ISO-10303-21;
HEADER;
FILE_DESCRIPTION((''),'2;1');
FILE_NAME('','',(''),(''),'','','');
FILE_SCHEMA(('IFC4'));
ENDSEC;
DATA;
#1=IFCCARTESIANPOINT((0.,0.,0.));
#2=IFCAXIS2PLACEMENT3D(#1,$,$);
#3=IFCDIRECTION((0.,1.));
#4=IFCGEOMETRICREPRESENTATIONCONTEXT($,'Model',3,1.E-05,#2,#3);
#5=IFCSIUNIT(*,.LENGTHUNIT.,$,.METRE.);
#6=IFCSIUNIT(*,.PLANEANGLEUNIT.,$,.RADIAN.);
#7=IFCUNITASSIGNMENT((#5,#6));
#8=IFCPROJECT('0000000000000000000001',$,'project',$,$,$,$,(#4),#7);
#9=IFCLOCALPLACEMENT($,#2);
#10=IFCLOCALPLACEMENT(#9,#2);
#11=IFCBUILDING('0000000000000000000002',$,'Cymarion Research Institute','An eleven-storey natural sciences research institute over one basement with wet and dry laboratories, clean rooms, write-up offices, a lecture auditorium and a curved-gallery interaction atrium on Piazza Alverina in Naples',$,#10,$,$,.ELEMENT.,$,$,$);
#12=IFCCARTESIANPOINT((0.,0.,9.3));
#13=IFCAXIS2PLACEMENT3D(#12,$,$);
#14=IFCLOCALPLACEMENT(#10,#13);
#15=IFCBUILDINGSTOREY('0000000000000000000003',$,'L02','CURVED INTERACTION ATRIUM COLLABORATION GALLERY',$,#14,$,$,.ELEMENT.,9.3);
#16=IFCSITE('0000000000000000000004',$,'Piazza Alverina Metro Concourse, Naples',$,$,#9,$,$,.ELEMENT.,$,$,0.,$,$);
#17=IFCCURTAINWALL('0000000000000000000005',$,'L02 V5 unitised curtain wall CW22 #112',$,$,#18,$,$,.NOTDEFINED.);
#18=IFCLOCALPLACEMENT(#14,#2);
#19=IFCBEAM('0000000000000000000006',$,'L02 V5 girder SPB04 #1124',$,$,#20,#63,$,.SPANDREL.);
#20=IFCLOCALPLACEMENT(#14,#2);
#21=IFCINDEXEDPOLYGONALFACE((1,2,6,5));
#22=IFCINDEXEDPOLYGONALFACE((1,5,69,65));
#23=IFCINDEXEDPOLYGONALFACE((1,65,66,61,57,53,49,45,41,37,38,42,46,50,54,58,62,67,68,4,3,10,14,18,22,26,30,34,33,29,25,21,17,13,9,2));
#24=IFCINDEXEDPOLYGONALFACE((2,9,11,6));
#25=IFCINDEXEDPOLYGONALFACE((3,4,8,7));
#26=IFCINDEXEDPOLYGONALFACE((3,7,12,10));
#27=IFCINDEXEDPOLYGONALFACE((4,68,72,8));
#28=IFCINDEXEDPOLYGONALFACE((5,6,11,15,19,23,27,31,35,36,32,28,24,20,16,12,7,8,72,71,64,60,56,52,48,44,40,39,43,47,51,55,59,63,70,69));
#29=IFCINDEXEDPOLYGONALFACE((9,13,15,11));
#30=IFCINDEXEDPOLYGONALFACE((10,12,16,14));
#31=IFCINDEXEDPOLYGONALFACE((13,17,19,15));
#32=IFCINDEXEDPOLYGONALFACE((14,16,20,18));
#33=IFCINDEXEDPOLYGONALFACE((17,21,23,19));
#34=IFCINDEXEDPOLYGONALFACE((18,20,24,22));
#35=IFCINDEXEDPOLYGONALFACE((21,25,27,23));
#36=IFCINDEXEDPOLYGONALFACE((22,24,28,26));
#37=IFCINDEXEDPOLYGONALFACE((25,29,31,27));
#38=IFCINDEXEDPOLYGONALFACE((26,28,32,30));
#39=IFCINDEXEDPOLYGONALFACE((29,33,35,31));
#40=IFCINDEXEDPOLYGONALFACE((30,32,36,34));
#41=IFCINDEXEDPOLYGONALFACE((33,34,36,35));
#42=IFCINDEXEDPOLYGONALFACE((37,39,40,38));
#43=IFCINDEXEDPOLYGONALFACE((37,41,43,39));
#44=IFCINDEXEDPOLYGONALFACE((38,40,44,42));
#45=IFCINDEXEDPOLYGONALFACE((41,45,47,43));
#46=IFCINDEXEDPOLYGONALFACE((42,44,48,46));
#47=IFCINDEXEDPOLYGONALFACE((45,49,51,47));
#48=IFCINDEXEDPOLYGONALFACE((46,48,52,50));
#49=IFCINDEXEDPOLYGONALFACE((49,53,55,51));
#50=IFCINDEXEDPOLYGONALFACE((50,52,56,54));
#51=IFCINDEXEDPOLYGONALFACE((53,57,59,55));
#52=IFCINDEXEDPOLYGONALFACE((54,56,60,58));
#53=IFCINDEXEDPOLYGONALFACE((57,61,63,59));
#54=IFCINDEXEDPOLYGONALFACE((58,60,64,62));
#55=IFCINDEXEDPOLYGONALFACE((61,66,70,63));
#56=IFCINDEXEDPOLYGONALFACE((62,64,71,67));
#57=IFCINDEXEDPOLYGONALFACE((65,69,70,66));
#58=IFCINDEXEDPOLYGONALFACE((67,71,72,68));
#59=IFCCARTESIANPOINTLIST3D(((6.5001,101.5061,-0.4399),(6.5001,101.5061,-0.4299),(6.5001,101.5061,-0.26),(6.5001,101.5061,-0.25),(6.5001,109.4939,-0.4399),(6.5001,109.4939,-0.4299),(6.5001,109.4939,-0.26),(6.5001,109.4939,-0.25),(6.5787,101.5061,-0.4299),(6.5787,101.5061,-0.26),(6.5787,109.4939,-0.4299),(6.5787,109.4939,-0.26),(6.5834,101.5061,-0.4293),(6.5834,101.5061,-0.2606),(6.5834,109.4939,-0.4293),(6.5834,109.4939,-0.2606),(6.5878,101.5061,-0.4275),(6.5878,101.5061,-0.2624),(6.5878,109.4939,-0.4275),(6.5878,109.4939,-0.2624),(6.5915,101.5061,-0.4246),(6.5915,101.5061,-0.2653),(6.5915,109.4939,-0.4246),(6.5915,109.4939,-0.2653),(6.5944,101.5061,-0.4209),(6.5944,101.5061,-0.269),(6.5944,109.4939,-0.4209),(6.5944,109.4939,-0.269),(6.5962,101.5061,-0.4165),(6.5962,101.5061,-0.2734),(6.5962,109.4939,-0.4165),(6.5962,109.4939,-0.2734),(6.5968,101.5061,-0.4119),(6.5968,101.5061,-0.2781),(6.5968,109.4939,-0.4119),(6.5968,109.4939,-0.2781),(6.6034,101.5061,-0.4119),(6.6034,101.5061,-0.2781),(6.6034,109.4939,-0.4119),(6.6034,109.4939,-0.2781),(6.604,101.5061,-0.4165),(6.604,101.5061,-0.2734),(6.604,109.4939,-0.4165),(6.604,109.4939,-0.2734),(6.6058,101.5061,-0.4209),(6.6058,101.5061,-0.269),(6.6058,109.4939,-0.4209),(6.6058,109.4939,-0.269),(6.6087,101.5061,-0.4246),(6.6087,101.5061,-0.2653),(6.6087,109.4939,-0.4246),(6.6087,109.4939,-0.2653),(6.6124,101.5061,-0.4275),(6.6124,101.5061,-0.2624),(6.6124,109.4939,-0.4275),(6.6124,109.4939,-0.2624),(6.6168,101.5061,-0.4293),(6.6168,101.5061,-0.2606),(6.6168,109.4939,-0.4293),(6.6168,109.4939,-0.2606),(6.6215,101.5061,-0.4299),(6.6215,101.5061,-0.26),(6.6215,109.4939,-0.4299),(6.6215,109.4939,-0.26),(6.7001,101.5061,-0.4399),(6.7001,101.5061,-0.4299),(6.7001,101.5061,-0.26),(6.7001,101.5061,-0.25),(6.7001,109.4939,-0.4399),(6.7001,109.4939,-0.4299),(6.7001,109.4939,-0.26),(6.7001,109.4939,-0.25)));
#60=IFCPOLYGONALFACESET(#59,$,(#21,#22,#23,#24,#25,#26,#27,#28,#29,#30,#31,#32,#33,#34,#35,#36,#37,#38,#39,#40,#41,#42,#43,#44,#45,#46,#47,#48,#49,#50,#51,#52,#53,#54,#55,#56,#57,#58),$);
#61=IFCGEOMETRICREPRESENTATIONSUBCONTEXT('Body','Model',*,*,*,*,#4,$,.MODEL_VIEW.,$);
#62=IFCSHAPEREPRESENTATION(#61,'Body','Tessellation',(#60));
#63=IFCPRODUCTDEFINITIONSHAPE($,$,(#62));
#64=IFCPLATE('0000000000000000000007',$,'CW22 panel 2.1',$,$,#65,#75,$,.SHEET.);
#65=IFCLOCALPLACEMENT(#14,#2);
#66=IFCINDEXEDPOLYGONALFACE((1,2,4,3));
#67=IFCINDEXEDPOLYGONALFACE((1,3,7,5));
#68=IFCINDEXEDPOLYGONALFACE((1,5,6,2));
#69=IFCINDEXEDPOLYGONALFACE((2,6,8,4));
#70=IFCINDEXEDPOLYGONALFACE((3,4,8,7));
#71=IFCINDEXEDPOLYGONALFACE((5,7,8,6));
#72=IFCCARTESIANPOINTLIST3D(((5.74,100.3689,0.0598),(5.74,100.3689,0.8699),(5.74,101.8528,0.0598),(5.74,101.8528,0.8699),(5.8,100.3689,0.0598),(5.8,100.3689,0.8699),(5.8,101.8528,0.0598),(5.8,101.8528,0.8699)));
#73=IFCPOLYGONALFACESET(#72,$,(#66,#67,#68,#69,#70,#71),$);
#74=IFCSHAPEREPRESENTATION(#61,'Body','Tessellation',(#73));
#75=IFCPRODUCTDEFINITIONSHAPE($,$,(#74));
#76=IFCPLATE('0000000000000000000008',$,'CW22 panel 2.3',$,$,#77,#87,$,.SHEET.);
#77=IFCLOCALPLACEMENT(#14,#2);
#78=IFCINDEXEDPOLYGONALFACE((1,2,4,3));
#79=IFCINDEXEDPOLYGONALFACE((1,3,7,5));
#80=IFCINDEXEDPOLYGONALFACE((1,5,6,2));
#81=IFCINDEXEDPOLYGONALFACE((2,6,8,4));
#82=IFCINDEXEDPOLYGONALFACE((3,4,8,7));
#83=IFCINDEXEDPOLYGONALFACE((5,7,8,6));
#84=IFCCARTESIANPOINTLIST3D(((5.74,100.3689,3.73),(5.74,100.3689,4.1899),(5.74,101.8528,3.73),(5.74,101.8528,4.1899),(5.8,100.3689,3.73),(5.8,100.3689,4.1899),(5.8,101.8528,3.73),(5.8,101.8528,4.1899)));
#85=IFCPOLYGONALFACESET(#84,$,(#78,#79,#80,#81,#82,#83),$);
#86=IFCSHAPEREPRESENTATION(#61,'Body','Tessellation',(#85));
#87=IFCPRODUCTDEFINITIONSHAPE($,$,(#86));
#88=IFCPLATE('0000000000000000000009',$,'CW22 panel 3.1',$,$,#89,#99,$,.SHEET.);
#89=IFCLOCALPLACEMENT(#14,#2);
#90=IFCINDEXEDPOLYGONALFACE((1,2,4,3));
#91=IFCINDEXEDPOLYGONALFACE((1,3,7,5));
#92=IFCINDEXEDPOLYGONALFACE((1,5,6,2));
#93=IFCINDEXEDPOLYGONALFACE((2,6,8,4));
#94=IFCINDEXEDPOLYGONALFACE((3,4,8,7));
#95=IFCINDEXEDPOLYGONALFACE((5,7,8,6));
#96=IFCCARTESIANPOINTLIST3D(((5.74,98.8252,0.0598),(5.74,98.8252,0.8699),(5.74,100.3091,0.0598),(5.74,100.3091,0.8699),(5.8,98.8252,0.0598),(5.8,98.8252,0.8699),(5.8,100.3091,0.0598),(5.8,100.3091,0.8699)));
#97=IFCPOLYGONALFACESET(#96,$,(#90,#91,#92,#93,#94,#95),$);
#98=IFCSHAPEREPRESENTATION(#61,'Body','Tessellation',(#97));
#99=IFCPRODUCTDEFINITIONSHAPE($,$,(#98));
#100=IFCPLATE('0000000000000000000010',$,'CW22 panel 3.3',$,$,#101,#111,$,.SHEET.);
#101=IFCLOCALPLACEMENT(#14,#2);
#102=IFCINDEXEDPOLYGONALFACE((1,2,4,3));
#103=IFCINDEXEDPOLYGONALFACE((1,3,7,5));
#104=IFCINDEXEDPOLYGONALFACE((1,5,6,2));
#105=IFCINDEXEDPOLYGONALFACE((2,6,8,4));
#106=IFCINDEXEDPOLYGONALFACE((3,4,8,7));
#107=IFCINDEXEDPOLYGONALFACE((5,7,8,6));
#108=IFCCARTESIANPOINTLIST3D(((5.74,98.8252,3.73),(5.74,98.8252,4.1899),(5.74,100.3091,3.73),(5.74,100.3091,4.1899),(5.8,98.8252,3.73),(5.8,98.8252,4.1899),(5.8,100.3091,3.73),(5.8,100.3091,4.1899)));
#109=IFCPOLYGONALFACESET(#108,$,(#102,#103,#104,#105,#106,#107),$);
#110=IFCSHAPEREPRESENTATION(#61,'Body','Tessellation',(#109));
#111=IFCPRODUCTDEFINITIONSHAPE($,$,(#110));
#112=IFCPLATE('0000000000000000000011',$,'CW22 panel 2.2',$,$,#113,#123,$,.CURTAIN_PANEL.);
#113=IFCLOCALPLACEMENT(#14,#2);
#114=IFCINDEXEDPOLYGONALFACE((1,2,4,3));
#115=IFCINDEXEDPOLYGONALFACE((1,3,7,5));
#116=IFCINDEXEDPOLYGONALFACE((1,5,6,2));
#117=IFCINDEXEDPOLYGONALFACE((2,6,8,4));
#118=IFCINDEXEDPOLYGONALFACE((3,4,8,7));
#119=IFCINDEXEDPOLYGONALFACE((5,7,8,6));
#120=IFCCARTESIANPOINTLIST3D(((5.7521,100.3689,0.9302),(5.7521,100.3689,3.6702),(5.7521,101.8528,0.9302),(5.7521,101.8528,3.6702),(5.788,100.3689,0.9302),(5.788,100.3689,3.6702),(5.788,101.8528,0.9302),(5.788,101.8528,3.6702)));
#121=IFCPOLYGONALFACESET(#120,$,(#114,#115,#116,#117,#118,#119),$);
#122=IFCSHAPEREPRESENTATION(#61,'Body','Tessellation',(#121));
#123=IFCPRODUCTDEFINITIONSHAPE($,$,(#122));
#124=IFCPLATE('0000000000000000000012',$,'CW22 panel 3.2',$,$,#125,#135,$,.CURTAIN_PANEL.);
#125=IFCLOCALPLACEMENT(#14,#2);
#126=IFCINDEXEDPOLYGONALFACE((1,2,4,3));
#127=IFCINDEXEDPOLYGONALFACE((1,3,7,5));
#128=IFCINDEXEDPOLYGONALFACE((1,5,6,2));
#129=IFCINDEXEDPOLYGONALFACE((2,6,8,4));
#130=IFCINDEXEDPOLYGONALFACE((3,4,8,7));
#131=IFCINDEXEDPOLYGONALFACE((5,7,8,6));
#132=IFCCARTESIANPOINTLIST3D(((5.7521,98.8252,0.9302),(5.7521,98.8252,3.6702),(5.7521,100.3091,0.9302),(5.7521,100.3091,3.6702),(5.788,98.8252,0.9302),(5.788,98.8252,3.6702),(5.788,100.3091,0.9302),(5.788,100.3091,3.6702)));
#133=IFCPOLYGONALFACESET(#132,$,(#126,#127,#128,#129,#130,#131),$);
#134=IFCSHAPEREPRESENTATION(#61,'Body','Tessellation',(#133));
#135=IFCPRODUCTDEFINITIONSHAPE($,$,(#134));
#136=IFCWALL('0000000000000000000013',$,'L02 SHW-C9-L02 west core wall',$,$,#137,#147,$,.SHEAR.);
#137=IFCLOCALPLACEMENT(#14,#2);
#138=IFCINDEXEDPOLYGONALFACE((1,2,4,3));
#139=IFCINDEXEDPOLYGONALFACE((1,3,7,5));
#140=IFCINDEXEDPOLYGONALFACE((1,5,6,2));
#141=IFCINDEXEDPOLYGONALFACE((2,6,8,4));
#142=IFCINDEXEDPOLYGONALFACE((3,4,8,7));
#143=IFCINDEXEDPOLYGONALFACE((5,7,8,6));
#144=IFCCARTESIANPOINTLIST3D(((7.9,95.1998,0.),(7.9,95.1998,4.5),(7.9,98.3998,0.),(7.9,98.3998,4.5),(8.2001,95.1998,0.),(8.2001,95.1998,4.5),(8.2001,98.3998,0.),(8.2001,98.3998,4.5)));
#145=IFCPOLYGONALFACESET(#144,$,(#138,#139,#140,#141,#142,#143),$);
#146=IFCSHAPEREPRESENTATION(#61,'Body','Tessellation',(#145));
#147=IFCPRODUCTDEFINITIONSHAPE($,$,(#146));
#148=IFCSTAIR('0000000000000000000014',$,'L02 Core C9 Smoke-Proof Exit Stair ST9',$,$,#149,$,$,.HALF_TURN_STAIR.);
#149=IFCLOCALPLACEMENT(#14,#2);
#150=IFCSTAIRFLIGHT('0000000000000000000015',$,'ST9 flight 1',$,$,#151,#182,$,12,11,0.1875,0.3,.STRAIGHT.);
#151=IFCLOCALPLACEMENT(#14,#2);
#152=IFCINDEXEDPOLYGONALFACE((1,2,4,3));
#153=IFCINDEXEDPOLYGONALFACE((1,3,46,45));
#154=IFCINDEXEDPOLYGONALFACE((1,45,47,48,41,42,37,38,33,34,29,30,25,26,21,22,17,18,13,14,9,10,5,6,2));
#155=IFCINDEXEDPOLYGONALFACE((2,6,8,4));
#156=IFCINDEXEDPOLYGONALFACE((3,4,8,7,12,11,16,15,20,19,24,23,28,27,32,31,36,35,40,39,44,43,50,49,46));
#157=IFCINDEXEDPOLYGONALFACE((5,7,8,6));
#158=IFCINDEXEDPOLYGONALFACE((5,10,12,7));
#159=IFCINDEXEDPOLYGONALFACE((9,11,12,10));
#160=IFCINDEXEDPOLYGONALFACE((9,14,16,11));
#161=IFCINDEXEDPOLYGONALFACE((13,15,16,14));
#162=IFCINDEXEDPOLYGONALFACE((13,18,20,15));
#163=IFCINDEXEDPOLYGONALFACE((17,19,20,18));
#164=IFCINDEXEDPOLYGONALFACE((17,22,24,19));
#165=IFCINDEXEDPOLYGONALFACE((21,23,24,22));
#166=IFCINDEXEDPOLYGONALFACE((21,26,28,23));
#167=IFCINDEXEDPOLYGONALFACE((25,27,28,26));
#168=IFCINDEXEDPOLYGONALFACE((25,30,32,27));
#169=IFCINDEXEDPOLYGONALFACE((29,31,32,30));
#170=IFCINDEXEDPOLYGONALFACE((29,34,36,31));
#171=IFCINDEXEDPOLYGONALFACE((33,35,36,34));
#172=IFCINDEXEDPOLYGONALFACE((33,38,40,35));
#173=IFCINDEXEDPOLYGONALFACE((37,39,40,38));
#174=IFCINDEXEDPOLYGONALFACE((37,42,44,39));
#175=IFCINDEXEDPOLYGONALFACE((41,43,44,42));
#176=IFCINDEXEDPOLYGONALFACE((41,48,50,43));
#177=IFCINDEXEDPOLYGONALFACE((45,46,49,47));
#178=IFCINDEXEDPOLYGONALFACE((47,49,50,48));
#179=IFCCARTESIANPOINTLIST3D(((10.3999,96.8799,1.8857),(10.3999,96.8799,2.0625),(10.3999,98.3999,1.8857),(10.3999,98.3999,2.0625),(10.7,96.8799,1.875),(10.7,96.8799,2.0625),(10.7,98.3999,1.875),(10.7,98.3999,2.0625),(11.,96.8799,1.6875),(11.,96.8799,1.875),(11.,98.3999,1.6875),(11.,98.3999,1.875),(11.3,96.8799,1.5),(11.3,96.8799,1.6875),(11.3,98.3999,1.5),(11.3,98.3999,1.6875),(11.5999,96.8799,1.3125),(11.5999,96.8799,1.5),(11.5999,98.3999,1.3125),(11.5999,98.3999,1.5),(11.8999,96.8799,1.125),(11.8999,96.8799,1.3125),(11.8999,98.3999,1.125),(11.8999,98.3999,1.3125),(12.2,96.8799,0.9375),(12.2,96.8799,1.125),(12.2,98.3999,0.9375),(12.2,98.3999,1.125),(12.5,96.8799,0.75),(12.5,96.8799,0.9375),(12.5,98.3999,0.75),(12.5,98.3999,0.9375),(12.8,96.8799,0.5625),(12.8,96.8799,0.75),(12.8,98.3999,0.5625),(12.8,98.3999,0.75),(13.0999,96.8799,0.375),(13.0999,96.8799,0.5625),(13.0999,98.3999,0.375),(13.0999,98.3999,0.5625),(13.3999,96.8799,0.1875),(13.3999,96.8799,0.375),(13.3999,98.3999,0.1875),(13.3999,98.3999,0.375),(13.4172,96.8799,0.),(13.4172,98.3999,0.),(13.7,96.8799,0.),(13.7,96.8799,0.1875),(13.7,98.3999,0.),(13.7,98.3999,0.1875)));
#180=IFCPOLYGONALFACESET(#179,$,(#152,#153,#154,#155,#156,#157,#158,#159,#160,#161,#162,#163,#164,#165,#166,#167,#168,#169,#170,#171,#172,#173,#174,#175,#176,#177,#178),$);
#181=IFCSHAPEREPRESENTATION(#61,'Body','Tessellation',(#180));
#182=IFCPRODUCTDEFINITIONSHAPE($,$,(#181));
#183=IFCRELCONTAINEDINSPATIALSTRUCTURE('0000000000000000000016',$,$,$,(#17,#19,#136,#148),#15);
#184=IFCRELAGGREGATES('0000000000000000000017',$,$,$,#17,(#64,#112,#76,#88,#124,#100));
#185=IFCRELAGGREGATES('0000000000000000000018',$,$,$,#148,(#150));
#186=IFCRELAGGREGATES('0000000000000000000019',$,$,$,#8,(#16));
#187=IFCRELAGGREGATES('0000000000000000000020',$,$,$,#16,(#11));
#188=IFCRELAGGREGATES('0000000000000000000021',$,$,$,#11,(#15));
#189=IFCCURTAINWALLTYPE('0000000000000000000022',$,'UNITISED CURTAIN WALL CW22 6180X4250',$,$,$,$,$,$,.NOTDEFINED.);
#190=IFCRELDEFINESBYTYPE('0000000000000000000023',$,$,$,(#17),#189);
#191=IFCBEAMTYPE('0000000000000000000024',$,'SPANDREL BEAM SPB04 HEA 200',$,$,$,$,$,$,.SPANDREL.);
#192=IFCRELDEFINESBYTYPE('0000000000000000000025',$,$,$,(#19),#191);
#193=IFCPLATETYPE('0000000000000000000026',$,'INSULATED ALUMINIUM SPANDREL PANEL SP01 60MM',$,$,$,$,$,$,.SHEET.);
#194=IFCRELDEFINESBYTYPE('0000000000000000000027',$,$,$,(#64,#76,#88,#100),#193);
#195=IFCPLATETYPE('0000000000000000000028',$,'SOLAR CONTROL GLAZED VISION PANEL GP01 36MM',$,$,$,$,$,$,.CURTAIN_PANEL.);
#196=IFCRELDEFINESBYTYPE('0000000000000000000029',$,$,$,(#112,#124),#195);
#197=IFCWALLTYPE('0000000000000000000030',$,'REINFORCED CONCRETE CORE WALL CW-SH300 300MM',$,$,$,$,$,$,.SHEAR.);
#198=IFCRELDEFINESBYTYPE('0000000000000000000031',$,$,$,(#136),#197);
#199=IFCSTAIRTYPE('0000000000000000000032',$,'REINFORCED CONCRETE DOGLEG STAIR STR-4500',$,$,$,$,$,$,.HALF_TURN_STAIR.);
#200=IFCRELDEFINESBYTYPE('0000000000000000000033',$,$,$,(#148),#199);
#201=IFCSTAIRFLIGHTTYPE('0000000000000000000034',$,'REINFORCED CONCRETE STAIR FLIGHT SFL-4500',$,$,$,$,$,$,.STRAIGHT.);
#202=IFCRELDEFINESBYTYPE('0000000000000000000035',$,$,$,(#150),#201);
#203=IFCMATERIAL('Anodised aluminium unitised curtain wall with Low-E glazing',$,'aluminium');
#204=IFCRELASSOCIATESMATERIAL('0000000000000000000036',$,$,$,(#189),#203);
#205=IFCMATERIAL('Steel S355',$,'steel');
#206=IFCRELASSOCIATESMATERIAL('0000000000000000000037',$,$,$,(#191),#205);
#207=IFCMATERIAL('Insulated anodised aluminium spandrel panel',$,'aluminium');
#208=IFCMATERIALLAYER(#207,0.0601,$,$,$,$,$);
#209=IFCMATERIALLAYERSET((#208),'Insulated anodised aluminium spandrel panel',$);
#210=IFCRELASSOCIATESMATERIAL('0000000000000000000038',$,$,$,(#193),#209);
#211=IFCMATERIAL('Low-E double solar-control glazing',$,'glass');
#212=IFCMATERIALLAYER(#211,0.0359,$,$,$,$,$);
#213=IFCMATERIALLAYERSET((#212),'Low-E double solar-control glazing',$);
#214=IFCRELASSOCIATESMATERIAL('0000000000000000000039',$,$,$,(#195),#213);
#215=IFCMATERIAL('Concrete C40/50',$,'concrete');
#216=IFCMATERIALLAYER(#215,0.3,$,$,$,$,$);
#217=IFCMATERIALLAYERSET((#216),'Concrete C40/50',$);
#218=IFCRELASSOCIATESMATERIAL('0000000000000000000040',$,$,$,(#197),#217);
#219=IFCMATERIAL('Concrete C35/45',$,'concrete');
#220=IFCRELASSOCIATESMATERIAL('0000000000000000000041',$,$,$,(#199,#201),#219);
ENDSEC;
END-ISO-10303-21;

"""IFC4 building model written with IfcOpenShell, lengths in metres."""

from ifc_helpers import new_model, si_unit, direction, frame, frame_2d, origin, origin_2d, place, context, subcontext, project, spatial, polyline, rectangle, i_section, outline, extrude, material, layer, layer_set, material_profile, profile_set, type_object, element, aggregate, save


model = new_model("IFC4")

# Units and contexts
model_context = context("Model", 3, precision=1e-05, world=origin(), true_north=direction((0.0, 1.0)))
body_context = subcontext(model_context, "Body", "Model", "MODEL_VIEW")
ifc_project = project(units=[si_unit("LENGTHUNIT", "METRE"), si_unit("PLANEANGLEUNIT", "RADIAN")], contexts=[model_context])

# Site, building, storey
site_placement = place(None, origin())
site = spatial("IfcSite", under=ifc_project, at=site_placement, Name="Piazza Alverina Metro Concourse, Naples", CompositionType="ELEMENT", RefElevation=0.0)
building_placement = place(site_placement, origin())
building = spatial("IfcBuilding", under=site, at=building_placement, Name="Cymarion Research Institute", Description="An eleven-storey natural sciences research institute over one basement with wet and dry laboratories, clean rooms, write-up offices, a lecture auditorium and a curved-gallery interaction atrium on Piazza Alverina in Naples", CompositionType="ELEMENT")
storey_placement = place(building_placement, frame((0.0, 0.0, 9.3)))
storey = spatial("IfcBuildingStorey", under=building, at=storey_placement, Name="L02", Description="CURVED INTERACTION ATRIUM COLLABORATION GALLERY", CompositionType="ELEMENT", Elevation=9.3)

# Shared definitions
ifc_material_1 = material(Name="Steel S355", Category="steel")

# Curtain wall
ifc_material_2 = material(Name="Anodised aluminium unitised curtain wall with Low-E glazing", Category="aluminium")
curtain_wall_type = type_object("IfcCurtainWallType", Name="UNITISED CURTAIN WALL CW22 6180X4250", PredefinedType="NOTDEFINED", material=ifc_material_2)
curtain_wall_placement = place(storey_placement, origin())
curtain_wall = element("IfcCurtainWall", 1, at=curtain_wall_placement, inside=storey, type_object=curtain_wall_type, Name="L02 V5 unitised curtain wall CW22 #112", PredefinedType="NOTDEFINED")

# Beam
ifc_material_profile_1 = material_profile(ifc_material_1, i_section(OverallWidth=0.2, OverallDepth=0.1899, WebThickness=0.0066, FlangeThickness=0.01, FilletRadius=0.0181, at=origin_2d()), Name="HEA 200")
ifc_profile_set_1 = profile_set([ifc_material_profile_1], Name="Steel S355")
beam_type = type_object("IfcBeamType", Name="SPANDREL BEAM SPB04 HEA 200", PredefinedType="SPANDREL", material=ifc_profile_set_1)
beam_placement = place(storey_placement, frame((6.6001, 101.5061, -0.345), z_axis=(0.0, 1.0, 0.0), x_axis=(-1.0, 0.0, 0.0)))
element("IfcBeam", 2, at=beam_placement, inside=storey, type_object=beam_type, Name="L02 V5 girder SPB04 #1124", PredefinedType="SPANDREL", context=body_context, shape_type="SweptSolid", body=[
    extrude(i_section(OverallWidth=0.2, OverallDepth=0.1899, WebThickness=0.0066, FlangeThickness=0.01, FilletRadius=0.0181, at=origin_2d()), origin(), (0.0, 0.0, 1.0), 7.9878),
])

# Plates
ifc_material_3 = material(Name="Insulated anodised aluminium spandrel panel", Category="aluminium")
ifc_layer_1 = layer(ifc_material_3, 0.0601)
ifc_layer_set_1 = layer_set([ifc_layer_1], Name="Insulated anodised aluminium spandrel panel")
plate_type_1 = type_object("IfcPlateType", Name="INSULATED ALUMINIUM SPANDREL PANEL SP01 60MM", PredefinedType="SHEET", material=ifc_layer_set_1)
plate_1_placement = place(storey_placement, frame((5.77, 101.1108, 0.0598), z_axis=(0.0, 0.0, 1.0), x_axis=(0.0, -1.0, 0.0)))
plate_1 = element("IfcPlate", 3, at=plate_1_placement, type_object=plate_type_1, Name="CW22 panel 2.1", PredefinedType="SHEET", context=body_context, shape_type="SweptSolid", body=[
    extrude(rectangle(XDim=1.4839, YDim=0.0601, at=origin_2d()), origin(), (0.0, 0.0, 1.0), 0.8101),
])
plate_2_placement = place(storey_placement, frame((5.77, 101.1108, 3.73), z_axis=(0.0, 0.0, 1.0), x_axis=(0.0, -1.0, 0.0)))
plate_2 = element("IfcPlate", 4, at=plate_2_placement, type_object=plate_type_1, Name="CW22 panel 2.3", PredefinedType="SHEET", context=body_context, shape_type="SweptSolid", body=[
    extrude(rectangle(XDim=1.4839, YDim=0.0601, at=origin_2d()), origin(), (0.0, 0.0, 1.0), 0.46),
])
plate_3_placement = place(storey_placement, frame((5.77, 99.5671, 0.0598), z_axis=(0.0, 0.0, 1.0), x_axis=(0.0, -1.0, 0.0)))
plate_3 = element("IfcPlate", 5, at=plate_3_placement, type_object=plate_type_1, Name="CW22 panel 3.1", PredefinedType="SHEET", context=body_context, shape_type="SweptSolid", body=[
    extrude(rectangle(XDim=1.4839, YDim=0.0601, at=origin_2d()), origin(), (0.0, 0.0, 1.0), 0.8101),
])
plate_4_placement = place(storey_placement, frame((5.77, 99.5671, 3.73), z_axis=(0.0, 0.0, 1.0), x_axis=(0.0, -1.0, 0.0)))
plate_4 = element("IfcPlate", 6, at=plate_4_placement, type_object=plate_type_1, Name="CW22 panel 3.3", PredefinedType="SHEET", context=body_context, shape_type="SweptSolid", body=[
    extrude(rectangle(XDim=1.4839, YDim=0.0601, at=origin_2d()), origin(), (0.0, 0.0, 1.0), 0.46),
])
ifc_material_4 = material(Name="Low-E double solar-control glazing", Category="glass")
ifc_layer_2 = layer(ifc_material_4, 0.0359)
ifc_layer_set_2 = layer_set([ifc_layer_2], Name="Low-E double solar-control glazing")
plate_type_2 = type_object("IfcPlateType", Name="SOLAR CONTROL GLAZED VISION PANEL GP01 36MM", PredefinedType="CURTAIN_PANEL", material=ifc_layer_set_2)
plate_5_placement = place(storey_placement, frame((5.77, 101.1108, 0.9302), z_axis=(0.0, 0.0, 1.0), x_axis=(0.0, -1.0, 0.0)))
plate_5 = element("IfcPlate", 7, at=plate_5_placement, type_object=plate_type_2, Name="CW22 panel 2.2", PredefinedType="CURTAIN_PANEL", context=body_context, shape_type="SweptSolid", body=[
    extrude(rectangle(XDim=1.4839, YDim=0.0359, at=origin_2d()), origin(), (0.0, 0.0, 1.0), 2.74),
])
plate_6_placement = place(storey_placement, frame((5.77, 99.5671, 0.9302), z_axis=(0.0, 0.0, 1.0), x_axis=(0.0, -1.0, 0.0)))
plate_6 = element("IfcPlate", 8, at=plate_6_placement, type_object=plate_type_2, Name="CW22 panel 3.2", PredefinedType="CURTAIN_PANEL", context=body_context, shape_type="SweptSolid", body=[
    extrude(rectangle(XDim=1.4839, YDim=0.0359, at=origin_2d()), origin(), (0.0, 0.0, 1.0), 2.74),
])
aggregate(curtain_wall, [plate_1, plate_5, plate_2, plate_3, plate_6, plate_4])

# Wall
ifc_material_5 = material(Name="Concrete C40/50", Category="concrete")
ifc_layer_3 = layer(ifc_material_5, 0.3)
ifc_layer_set_3 = layer_set([ifc_layer_3], Name="Concrete C40/50")
wall_type = type_object("IfcWallType", Name="REINFORCED CONCRETE CORE WALL CW-SH300 300MM", PredefinedType="SHEAR", material=ifc_layer_set_3)
wall_placement = place(storey_placement, frame((8.05, 98.3999, 0.0), z_axis=(0.0, 0.0, 1.0), x_axis=(0.0, -1.0, 0.0)))
element("IfcWall", 9, at=wall_placement, inside=storey, type_object=wall_type, Name="L02 SHW-C9-L02 west core wall", PredefinedType="SHEAR", context=body_context, shape_type="SweptSolid", body=[
    extrude(rectangle(XDim=3.2, YDim=0.3, at=frame_2d((1.6001, 0.0))), origin(), (0.0, 0.0, 1.0), 4.5),
])

# Stair, stair flight
ifc_material_6 = material(Name="Concrete C35/45", Category="concrete")
stair_type = type_object("IfcStairType", Name="REINFORCED CONCRETE DOGLEG STAIR STR-4500", PredefinedType="HALF_TURN_STAIR", material=ifc_material_6)
stair_placement = place(storey_placement, origin())
stair = element("IfcStair", 10, at=stair_placement, inside=storey, type_object=stair_type, Name="L02 Core C9 Smoke-Proof Exit Stair ST9", PredefinedType="HALF_TURN_STAIR")
stair_flight_type = type_object("IfcStairFlightType", Name="REINFORCED CONCRETE STAIR FLIGHT SFL-4500", PredefinedType="STRAIGHT", material=ifc_material_6)
stair_flight_1_placement = place(storey_placement, frame((13.7, 97.6399, 0.0), z_axis=(0.0, 0.0, 1.0), x_axis=(-1.0, 0.0, 0.0)))
stair_flight_1 = element("IfcStairFlight", 11, at=stair_flight_1_placement, type_object=stair_flight_type, Name="ST9 flight 1", NumberOfRisers=12, NumberOfTreads=11, PredefinedType="STRAIGHT", RiserHeight=0.1875, TreadLength=0.3, context=body_context, shape_type="SweptSolid", body=[
    extrude(outline(polyline([(0.0, 0.0), (0.0, 0.1875), (0.3, 0.1875), (0.3, 0.375), (0.6001, 0.375), (0.6001, 0.5625), (0.8999, 0.5625), (0.8999, 0.75), (1.2, 0.75), (1.2, 0.9375), (1.5, 0.9375), (1.5, 1.125), (1.8, 1.125), (1.8, 1.3125), (2.1001, 1.3125), (2.1001, 1.5), (2.3999, 1.5), (2.3999, 1.6875), (2.7, 1.6875), (2.7, 1.875), (3.0, 1.875), (3.0, 2.0625), (3.3, 2.0625), (3.3, 2.25), (3.3, 1.8857), (0.2827, 0.0), (0.0, 0.0)])), frame((0.0, 0.76, 0.0), z_axis=(0.0, -1.0, 0.0), x_axis=(1.0, 0.0, 0.0)), (0.0, 0.0, 1.0), 1.52),
])
aggregate(stair, [stair_flight_1])

save(model, "model.ifc")
